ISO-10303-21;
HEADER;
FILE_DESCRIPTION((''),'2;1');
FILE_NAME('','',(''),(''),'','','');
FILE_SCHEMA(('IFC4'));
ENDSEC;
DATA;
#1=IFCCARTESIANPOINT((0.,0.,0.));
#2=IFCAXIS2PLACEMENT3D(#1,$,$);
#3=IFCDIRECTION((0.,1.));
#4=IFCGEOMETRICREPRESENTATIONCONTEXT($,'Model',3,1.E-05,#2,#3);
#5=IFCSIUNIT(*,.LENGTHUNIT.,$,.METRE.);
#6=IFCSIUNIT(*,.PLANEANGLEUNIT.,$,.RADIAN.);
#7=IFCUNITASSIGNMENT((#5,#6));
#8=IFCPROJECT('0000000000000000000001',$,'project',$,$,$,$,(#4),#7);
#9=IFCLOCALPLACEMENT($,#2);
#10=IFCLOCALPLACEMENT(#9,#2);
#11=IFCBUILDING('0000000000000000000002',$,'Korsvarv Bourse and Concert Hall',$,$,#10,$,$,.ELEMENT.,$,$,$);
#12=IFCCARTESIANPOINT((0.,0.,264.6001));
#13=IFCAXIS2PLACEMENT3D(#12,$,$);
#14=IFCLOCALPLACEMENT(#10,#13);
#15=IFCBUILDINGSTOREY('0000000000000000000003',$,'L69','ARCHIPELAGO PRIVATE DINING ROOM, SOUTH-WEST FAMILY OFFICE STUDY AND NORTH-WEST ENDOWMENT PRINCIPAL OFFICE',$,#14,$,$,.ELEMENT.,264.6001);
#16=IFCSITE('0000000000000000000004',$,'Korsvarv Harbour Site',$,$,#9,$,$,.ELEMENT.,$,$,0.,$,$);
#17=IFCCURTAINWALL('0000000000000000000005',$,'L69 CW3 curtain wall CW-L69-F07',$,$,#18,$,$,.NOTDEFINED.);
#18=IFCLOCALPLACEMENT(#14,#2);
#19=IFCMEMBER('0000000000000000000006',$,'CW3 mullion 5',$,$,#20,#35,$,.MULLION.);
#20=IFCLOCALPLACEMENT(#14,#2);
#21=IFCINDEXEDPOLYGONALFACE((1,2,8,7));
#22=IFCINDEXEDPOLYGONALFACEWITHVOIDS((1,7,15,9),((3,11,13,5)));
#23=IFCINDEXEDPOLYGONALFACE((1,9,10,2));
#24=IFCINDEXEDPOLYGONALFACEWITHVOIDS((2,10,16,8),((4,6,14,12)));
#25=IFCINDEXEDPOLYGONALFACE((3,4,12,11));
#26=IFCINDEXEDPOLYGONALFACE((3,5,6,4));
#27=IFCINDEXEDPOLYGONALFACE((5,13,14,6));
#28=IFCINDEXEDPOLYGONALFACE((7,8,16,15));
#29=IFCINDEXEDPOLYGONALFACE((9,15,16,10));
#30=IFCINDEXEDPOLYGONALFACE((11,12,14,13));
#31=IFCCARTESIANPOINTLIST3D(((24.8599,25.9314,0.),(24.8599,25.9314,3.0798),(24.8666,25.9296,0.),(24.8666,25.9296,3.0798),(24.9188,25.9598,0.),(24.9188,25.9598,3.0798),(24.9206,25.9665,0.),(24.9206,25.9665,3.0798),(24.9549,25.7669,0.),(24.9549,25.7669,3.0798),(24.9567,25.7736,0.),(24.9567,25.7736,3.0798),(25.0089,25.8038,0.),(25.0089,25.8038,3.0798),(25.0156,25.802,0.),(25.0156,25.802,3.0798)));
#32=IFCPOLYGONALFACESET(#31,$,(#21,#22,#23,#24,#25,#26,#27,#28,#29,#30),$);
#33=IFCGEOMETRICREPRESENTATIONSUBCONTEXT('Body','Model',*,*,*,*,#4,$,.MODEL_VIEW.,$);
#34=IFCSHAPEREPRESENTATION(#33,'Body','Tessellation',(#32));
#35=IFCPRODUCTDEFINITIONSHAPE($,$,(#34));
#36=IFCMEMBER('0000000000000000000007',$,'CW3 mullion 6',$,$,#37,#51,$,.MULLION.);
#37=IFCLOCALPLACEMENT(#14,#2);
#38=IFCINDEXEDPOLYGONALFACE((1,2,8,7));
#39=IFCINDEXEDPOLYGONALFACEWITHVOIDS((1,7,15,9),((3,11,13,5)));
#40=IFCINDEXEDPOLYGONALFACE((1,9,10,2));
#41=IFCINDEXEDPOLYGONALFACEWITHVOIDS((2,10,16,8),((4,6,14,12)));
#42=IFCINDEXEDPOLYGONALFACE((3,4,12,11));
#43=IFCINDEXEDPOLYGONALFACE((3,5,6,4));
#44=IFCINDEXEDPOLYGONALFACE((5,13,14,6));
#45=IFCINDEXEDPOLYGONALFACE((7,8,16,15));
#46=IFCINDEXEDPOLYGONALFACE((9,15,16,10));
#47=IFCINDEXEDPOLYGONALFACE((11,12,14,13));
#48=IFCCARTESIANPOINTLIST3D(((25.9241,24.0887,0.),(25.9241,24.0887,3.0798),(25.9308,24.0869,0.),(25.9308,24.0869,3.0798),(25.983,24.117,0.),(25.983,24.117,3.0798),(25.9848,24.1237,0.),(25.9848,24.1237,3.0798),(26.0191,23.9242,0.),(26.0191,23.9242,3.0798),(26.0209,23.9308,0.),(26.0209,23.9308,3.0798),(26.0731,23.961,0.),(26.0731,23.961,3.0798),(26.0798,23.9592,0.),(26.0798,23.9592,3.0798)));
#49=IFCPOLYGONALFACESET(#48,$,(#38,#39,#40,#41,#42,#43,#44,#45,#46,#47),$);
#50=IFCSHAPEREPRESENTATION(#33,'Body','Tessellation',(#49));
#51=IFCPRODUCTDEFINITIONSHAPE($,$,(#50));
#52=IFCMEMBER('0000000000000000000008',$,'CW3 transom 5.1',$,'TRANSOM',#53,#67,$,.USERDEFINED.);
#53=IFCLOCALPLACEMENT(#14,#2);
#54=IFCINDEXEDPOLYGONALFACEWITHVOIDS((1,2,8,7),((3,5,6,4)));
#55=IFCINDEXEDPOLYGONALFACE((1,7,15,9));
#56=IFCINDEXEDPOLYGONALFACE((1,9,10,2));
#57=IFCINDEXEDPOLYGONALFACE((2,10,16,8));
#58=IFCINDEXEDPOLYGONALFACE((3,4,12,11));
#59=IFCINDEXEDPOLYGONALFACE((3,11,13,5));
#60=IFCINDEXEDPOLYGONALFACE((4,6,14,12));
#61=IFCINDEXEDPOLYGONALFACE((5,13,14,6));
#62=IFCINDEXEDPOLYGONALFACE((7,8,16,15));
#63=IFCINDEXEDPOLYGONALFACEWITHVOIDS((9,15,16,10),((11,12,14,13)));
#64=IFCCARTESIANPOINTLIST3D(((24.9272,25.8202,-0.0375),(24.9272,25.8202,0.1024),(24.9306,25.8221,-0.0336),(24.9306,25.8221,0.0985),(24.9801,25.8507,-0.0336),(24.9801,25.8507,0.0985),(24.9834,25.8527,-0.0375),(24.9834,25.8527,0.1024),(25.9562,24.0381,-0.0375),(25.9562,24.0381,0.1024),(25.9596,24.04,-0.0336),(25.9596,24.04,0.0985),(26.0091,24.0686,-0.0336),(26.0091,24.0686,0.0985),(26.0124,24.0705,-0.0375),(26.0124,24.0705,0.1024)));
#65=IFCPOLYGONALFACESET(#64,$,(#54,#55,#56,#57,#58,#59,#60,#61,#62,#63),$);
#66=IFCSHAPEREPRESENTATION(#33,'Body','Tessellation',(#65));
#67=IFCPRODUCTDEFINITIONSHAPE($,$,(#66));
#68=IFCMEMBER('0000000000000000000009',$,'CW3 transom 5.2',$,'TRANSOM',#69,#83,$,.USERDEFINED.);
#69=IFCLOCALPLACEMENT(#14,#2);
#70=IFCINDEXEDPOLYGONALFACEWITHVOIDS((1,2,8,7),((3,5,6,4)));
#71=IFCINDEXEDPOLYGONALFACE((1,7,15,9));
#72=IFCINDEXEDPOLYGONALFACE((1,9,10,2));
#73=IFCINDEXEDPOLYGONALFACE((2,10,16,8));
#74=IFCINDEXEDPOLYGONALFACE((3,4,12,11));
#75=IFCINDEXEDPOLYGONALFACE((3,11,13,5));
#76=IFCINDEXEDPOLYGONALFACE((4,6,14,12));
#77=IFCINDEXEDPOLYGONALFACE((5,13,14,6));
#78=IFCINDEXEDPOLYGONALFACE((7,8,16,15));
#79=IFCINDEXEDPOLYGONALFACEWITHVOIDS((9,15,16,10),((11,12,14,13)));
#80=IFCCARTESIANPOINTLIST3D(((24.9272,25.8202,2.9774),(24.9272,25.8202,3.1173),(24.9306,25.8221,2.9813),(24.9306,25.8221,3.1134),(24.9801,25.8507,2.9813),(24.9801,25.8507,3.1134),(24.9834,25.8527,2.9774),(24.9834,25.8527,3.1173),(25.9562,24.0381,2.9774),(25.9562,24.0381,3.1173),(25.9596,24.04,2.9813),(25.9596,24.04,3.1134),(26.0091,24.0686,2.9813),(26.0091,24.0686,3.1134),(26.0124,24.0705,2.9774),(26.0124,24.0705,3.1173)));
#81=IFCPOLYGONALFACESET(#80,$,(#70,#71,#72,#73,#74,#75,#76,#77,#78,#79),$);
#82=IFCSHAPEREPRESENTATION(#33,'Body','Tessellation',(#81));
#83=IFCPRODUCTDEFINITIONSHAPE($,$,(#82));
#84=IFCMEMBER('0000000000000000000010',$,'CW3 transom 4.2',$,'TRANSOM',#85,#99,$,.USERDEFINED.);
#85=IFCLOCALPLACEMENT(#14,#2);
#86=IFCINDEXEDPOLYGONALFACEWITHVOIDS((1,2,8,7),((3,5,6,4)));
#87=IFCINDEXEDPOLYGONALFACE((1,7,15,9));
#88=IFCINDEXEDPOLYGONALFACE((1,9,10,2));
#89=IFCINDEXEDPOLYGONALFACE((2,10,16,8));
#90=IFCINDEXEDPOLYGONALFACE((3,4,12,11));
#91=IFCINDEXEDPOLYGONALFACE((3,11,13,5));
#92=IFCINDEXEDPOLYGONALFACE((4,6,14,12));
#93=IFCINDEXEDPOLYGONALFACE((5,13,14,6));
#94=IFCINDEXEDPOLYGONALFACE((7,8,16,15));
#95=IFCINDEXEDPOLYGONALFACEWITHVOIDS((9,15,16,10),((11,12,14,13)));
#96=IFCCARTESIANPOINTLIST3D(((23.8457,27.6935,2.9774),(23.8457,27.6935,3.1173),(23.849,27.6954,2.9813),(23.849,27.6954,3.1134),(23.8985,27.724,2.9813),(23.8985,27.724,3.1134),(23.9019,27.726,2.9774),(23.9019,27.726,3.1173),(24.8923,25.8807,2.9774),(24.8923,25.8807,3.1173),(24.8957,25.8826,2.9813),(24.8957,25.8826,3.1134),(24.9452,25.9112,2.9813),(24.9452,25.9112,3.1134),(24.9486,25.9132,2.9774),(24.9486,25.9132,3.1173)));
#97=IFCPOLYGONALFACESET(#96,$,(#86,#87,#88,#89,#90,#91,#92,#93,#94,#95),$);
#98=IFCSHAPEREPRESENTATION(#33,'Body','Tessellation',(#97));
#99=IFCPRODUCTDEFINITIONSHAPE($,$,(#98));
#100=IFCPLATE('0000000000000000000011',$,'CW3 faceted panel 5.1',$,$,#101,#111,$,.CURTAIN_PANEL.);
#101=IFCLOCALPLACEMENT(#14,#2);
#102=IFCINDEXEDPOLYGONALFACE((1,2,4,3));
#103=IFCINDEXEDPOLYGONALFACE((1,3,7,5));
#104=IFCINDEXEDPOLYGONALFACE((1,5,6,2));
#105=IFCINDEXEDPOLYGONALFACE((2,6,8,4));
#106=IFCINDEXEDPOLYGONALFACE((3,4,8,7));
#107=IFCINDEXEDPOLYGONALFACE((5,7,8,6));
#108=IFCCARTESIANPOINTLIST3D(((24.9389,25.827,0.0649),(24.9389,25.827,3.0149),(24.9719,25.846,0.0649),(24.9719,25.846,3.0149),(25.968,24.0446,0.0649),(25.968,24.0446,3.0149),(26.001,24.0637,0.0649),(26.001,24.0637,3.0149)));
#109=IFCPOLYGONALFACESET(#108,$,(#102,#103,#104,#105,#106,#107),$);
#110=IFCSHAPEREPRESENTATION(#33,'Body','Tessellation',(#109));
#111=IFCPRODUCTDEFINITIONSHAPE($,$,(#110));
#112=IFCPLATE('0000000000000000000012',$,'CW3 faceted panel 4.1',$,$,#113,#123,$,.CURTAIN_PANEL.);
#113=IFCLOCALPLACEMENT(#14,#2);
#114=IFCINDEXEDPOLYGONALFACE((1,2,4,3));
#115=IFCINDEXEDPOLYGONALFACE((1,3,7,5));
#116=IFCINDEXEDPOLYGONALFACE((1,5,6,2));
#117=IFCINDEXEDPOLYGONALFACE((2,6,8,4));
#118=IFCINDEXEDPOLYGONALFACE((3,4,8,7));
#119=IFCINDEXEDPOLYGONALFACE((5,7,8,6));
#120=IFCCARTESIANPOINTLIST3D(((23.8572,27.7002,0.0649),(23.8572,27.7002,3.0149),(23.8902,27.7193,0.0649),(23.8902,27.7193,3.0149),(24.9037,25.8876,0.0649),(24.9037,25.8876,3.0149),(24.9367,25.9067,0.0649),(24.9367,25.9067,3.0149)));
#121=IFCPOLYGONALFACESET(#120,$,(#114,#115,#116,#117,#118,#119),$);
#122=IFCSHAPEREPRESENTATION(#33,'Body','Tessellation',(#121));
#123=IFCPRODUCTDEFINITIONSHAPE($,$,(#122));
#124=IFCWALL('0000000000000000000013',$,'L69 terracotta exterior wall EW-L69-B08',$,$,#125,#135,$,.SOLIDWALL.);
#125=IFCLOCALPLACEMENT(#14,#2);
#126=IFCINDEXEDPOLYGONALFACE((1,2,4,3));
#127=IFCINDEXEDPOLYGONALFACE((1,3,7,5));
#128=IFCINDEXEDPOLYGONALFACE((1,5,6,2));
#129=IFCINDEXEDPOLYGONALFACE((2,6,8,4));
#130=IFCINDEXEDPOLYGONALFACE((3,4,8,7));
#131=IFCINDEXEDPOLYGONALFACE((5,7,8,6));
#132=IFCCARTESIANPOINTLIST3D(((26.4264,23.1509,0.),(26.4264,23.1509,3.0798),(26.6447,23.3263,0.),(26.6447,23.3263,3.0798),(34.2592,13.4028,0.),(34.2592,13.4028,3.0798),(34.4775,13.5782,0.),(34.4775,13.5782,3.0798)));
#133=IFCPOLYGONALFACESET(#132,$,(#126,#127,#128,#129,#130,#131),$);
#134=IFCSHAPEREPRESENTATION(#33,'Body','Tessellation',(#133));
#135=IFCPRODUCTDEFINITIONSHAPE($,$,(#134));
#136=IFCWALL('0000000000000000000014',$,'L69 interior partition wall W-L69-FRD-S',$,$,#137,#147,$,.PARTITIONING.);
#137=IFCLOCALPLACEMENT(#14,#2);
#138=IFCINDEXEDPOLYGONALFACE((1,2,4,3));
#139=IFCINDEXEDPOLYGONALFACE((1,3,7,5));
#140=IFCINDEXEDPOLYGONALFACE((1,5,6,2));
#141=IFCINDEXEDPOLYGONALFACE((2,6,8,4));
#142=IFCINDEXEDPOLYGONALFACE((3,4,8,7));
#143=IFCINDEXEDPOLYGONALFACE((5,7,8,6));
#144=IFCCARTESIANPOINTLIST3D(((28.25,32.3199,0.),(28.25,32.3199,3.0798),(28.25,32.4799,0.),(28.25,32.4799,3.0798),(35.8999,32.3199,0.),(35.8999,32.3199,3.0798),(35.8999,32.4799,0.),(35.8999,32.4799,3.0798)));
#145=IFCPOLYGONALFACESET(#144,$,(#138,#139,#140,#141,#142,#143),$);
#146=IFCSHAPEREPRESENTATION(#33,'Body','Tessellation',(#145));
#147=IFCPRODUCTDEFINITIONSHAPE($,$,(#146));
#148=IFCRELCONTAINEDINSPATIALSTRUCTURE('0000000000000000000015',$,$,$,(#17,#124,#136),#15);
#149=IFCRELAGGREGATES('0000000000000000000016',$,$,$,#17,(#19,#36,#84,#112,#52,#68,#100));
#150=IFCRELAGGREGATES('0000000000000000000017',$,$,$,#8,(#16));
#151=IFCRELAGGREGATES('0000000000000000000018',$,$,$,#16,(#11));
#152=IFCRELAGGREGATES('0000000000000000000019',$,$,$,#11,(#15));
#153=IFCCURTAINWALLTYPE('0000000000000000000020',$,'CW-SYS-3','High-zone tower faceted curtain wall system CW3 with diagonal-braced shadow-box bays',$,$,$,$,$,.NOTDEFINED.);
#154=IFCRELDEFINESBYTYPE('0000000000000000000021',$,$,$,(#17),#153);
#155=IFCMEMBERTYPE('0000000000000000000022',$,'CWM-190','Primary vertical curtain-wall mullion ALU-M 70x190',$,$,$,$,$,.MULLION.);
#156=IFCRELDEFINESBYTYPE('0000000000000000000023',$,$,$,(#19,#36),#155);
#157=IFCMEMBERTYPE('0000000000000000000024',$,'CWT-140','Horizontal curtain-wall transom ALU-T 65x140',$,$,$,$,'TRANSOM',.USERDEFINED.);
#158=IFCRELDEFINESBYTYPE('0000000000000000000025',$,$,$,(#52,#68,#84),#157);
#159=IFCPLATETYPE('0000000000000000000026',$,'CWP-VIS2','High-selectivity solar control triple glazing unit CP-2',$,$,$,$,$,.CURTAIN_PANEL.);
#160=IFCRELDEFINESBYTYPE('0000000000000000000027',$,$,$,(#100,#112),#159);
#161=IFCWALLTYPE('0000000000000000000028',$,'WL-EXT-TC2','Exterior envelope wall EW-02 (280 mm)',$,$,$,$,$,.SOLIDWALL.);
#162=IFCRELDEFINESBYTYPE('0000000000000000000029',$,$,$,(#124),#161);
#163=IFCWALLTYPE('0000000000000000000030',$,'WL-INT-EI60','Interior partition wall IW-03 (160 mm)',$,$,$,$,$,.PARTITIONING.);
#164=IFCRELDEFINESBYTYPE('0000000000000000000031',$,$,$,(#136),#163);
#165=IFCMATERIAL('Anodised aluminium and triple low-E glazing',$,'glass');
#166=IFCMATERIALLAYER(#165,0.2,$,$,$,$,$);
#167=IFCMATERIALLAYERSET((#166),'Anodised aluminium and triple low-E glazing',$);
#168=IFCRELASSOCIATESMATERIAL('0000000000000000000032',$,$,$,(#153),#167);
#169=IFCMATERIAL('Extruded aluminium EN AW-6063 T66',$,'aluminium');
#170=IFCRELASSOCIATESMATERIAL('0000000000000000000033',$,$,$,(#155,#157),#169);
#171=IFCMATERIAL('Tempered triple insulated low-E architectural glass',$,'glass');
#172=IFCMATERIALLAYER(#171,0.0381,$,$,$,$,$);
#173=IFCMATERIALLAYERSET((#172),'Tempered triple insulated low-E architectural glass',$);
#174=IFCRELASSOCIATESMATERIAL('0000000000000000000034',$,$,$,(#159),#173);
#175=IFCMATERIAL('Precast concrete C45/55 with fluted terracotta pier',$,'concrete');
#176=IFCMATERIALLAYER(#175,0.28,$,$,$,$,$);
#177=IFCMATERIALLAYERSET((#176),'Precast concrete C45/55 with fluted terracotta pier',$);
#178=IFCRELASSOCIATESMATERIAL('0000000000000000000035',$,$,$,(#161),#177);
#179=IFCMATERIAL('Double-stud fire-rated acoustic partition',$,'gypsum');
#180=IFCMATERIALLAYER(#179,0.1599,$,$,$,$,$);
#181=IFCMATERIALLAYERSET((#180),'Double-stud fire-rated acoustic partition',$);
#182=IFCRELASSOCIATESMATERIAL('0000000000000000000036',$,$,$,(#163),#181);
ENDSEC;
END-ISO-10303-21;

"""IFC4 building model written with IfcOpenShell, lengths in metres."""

from ifc_helpers import new_model, si_unit, direction, frame, frame_2d, origin, origin_2d, place, context, subcontext, project, spatial, rectangle, hollow_rectangle, extrude, source, transform, mapped, material, layer, layer_set, material_profile, profile_set, type_object, element, aggregate, save


model = new_model("IFC4")

# Units and contexts
model_context = context("Model", 3, precision=1e-05, world=origin(), true_north=direction((0.0, 1.0)))
body_context = subcontext(model_context, "Body", "Model", "MODEL_VIEW")
ifc_project = project(units=[si_unit("LENGTHUNIT", "METRE"), si_unit("PLANEANGLEUNIT", "RADIAN")], contexts=[model_context])

# Site, building, storey
site_placement = place(None, origin())
site = spatial("IfcSite", under=ifc_project, at=site_placement, Name="Korsvarv Harbour Site", CompositionType="ELEMENT", RefElevation=0.0)
building_placement = place(site_placement, origin())
building = spatial("IfcBuilding", under=site, at=building_placement, Name="Korsvarv Bourse and Concert Hall", CompositionType="ELEMENT")
storey_placement = place(building_placement, frame((0.0, 0.0, 264.6001)))
storey = spatial("IfcBuildingStorey", under=building, at=storey_placement, Name="L69", Description="ARCHIPELAGO PRIVATE DINING ROOM, SOUTH-WEST FAMILY OFFICE STUDY AND NORTH-WEST ENDOWMENT PRINCIPAL OFFICE", CompositionType="ELEMENT", Elevation=264.6001)

# Curtain wall, members, plates
ifc_material_1 = material(Name="Anodised aluminium and triple low-E glazing", Category="glass")
ifc_layer_1 = layer(ifc_material_1, 0.2)
ifc_layer_set_1 = layer_set([ifc_layer_1], Name="Anodised aluminium and triple low-E glazing")
curtain_wall_type = type_object("IfcCurtainWallType", Name="CW-SYS-3", Description="High-zone tower faceted curtain wall system CW3 with diagonal-braced shadow-box bays", PredefinedType="NOTDEFINED", material=ifc_layer_set_1)
curtain_wall_placement = place(storey_placement, origin())
curtain_wall = element("IfcCurtainWall", 1, at=curtain_wall_placement, inside=storey, type_object=curtain_wall_type, Name="L69 CW3 curtain wall CW-L69-F07", PredefinedType="NOTDEFINED")
ifc_material_2 = material(Name="Extruded aluminium EN AW-6063 T66", Category="aluminium")
ifc_material_profile_1 = material_profile(ifc_material_2, hollow_rectangle(XDim=0.0701, YDim=0.1899, WallThickness=0.0049, at=origin_2d()), Name="ALU-M 70x190")
ifc_profile_set_1 = profile_set([ifc_material_profile_1], Name="Extruded aluminium EN AW-6063 T66")
member_type_1 = type_object("IfcMemberType", Name="CWM-190", Description="Primary vertical curtain-wall mullion ALU-M 70x190", PredefinedType="MULLION", material=ifc_profile_set_1)
shared_shape_1 = source(origin(), body_context, "Body", "SweptSolid", [
    extrude(hollow_rectangle(XDim=0.0701, YDim=0.1899, WallThickness=0.0049, at=origin_2d()), origin(), (0.0, 0.0, 1.0), 3.0798),
])
member_1_placement = place(storey_placement, frame((24.9377, 25.8667, 0.0), z_axis=(0.0, 0.0, 1.0), x_axis=(0.866023, 0.500004, 0.0)))
member_1 = element("IfcMember", 2, at=member_1_placement, type_object=member_type_1, Name="CW3 mullion 5", PredefinedType="MULLION", context=body_context, shape_type="MappedRepresentation", body=[
    mapped(shared_shape_1, transform((0.0, 0.0, 0.0), scale=1.0)),
])
member_2_placement = place(storey_placement, frame((26.002, 24.0239, 0.0), z_axis=(0.0, 0.0, 1.0), x_axis=(0.866023, 0.500004, 0.0)))
member_2 = element("IfcMember", 3, at=member_2_placement, type_object=member_type_1, Name="CW3 mullion 6", PredefinedType="MULLION", context=body_context, shape_type="MappedRepresentation", body=[
    mapped(shared_shape_1, transform((0.0, 0.0, 0.0), scale=1.0)),
])
ifc_material_profile_2 = material_profile(ifc_material_2, hollow_rectangle(XDim=0.0649, YDim=0.1399, WallThickness=0.0039, at=origin_2d()), Name="ALU-T 65x140")
ifc_profile_set_2 = profile_set([ifc_material_profile_2], Name="Extruded aluminium EN AW-6063 T66")
member_type_2 = type_object("IfcMemberType", Name="CWT-140", Description="Horizontal curtain-wall transom ALU-T 65x140", ElementType="TRANSOM", PredefinedType="USERDEFINED", material=ifc_profile_set_2)
shared_shape_2 = source(origin(), body_context, "Body", "SweptSolid", [
    extrude(hollow_rectangle(XDim=0.0649, YDim=0.1399, WallThickness=0.0039, at=origin_2d()), origin(), (0.0, 0.0, 1.0), 2.0579),
])
member_3_placement = place(storey_placement, frame((24.9553, 25.8364, 0.0325), z_axis=(0.500031, -0.866008, 0.0), x_axis=(0.866008, 0.500031, 0.0)))
member_3 = element("IfcMember", 4, at=member_3_placement, type_object=member_type_2, Name="CW3 transom 5.1", ObjectType="TRANSOM", PredefinedType="USERDEFINED", context=body_context, shape_type="MappedRepresentation", body=[
    mapped(shared_shape_2, transform((0.0, 0.0, 0.0), scale=1.0)),
])
member_4_placement = place(storey_placement, frame((24.9553, 25.8364, 3.0474), z_axis=(0.500031, -0.866008, 0.0), x_axis=(0.866008, 0.500031, 0.0)))
member_4 = element("IfcMember", 5, at=member_4_placement, type_object=member_type_2, Name="CW3 transom 5.2", ObjectType="TRANSOM", PredefinedType="USERDEFINED", context=body_context, shape_type="MappedRepresentation", body=[
    mapped(shared_shape_2, transform((0.0, 0.0, 0.0), scale=1.0)),
])
shared_shape_3 = source(origin(), body_context, "Body", "SweptSolid", [
    extrude(hollow_rectangle(XDim=0.0649, YDim=0.1399, WallThickness=0.0039, at=origin_2d()), origin(), (0.0, 0.0, 1.0), 2.0933),
])
member_5_placement = place(storey_placement, frame((23.8738, 27.7097, 3.0474), z_axis=(0.500015, -0.866017, 0.0), x_axis=(0.866017, 0.500015, 0.0)))
member_5 = element("IfcMember", 6, at=member_5_placement, type_object=member_type_2, Name="CW3 transom 4.2", ObjectType="TRANSOM", PredefinedType="USERDEFINED", context=body_context, shape_type="MappedRepresentation", body=[
    mapped(shared_shape_3, transform((0.0, 0.0, 0.0), scale=1.0)),
])
ifc_material_3 = material(Name="Tempered triple insulated low-E architectural glass", Category="glass")
ifc_layer_2 = layer(ifc_material_3, 0.0381)
ifc_layer_set_2 = layer_set([ifc_layer_2], Name="Tempered triple insulated low-E architectural glass")
plate_type = type_object("IfcPlateType", Name="CWP-VIS2", Description="High-selectivity solar control triple glazing unit CP-2", PredefinedType="CURTAIN_PANEL", material=ifc_layer_set_2)
shared_shape_4 = source(origin(), body_context, "Body", "SweptSolid", [
    extrude(rectangle(XDim=2.0581, YDim=0.0381, at=origin_2d()), origin(), (0.0, 0.0, 1.0), 2.95),
])
plate_1_placement = place(storey_placement, frame((25.47, 24.9453, 0.0649), z_axis=(0.0, 0.0, 1.0), x_axis=(0.500004, -0.866023, 0.0)))
plate_1 = element("IfcPlate", 7, at=plate_1_placement, type_object=plate_type, Name="CW3 faceted panel 5.1", PredefinedType="CURTAIN_PANEL", context=body_context, shape_type="MappedRepresentation", body=[
    mapped(shared_shape_4, transform((0.0, 0.0, 0.0), scale=1.0)),
])
shared_shape_5 = source(origin(), body_context, "Body", "SweptSolid", [
    extrude(rectangle(XDim=2.093, YDim=0.0381, at=origin_2d()), origin(), (0.0, 0.0, 1.0), 2.95),
])
plate_2_placement = place(storey_placement, frame((24.397, 26.8035, 0.0649), z_axis=(0.0, 0.0, 1.0), x_axis=(0.500004, -0.866023, 0.0)))
plate_2 = element("IfcPlate", 8, at=plate_2_placement, type_object=plate_type, Name="CW3 faceted panel 4.1", PredefinedType="CURTAIN_PANEL", context=body_context, shape_type="MappedRepresentation", body=[
    mapped(shared_shape_5, transform((0.0, 0.0, 0.0), scale=1.0)),
])
aggregate(curtain_wall, [member_1, member_2, member_5, plate_2, member_3, member_4, plate_1])

# Walls
ifc_material_4 = material(Name="Precast concrete C45/55 with fluted terracotta pier", Category="concrete")
ifc_layer_3 = layer(ifc_material_4, 0.28)
ifc_layer_set_3 = layer_set([ifc_layer_3], Name="Precast concrete C45/55 with fluted terracotta pier")
wall_type_1 = type_object("IfcWallType", Name="WL-EXT-TC2", Description="Exterior envelope wall EW-02 (280 mm)", PredefinedType="SOLIDWALL", material=ifc_layer_set_3)
wall_1_placement = place(storey_placement, frame((26.5356, 23.2385, 0.0), z_axis=(0.0, 0.0, 1.0), x_axis=(0.626367, -0.779528, 0.0)))
element("IfcWall", 9, at=wall_1_placement, inside=storey, type_object=wall_type_1, Name="L69 terracotta exterior wall EW-L69-B08", PredefinedType="SOLIDWALL", context=body_context, shape_type="SweptSolid", body=[
    extrude(rectangle(XDim=12.5051, YDim=0.28, at=frame_2d((6.2524, 0.0))), origin(), (0.0, 0.0, 1.0), 3.0798),
])
ifc_material_5 = material(Name="Double-stud fire-rated acoustic partition", Category="gypsum")
ifc_layer_4 = layer(ifc_material_5, 0.1599)
ifc_layer_set_4 = layer_set([ifc_layer_4], Name="Double-stud fire-rated acoustic partition")
wall_type_2 = type_object("IfcWallType", Name="WL-INT-EI60", Description="Interior partition wall IW-03 (160 mm)", PredefinedType="PARTITIONING", material=ifc_layer_set_4)
wall_2_placement = place(storey_placement, frame((28.25, 32.3999, 0.0), z_axis=(0.0, 0.0, 1.0), x_axis=(1.0, 0.0, 0.0)))
element("IfcWall", 10, at=wall_2_placement, inside=storey, type_object=wall_type_2, Name="L69 interior partition wall W-L69-FRD-S", PredefinedType="PARTITIONING", context=body_context, shape_type="SweptSolid", body=[
    extrude(rectangle(XDim=7.6499, YDim=0.1599, at=frame_2d((3.825, 0.0))), origin(), (0.0, 0.0, 1.0), 3.0798),
])

save(model, "model.ifc")
